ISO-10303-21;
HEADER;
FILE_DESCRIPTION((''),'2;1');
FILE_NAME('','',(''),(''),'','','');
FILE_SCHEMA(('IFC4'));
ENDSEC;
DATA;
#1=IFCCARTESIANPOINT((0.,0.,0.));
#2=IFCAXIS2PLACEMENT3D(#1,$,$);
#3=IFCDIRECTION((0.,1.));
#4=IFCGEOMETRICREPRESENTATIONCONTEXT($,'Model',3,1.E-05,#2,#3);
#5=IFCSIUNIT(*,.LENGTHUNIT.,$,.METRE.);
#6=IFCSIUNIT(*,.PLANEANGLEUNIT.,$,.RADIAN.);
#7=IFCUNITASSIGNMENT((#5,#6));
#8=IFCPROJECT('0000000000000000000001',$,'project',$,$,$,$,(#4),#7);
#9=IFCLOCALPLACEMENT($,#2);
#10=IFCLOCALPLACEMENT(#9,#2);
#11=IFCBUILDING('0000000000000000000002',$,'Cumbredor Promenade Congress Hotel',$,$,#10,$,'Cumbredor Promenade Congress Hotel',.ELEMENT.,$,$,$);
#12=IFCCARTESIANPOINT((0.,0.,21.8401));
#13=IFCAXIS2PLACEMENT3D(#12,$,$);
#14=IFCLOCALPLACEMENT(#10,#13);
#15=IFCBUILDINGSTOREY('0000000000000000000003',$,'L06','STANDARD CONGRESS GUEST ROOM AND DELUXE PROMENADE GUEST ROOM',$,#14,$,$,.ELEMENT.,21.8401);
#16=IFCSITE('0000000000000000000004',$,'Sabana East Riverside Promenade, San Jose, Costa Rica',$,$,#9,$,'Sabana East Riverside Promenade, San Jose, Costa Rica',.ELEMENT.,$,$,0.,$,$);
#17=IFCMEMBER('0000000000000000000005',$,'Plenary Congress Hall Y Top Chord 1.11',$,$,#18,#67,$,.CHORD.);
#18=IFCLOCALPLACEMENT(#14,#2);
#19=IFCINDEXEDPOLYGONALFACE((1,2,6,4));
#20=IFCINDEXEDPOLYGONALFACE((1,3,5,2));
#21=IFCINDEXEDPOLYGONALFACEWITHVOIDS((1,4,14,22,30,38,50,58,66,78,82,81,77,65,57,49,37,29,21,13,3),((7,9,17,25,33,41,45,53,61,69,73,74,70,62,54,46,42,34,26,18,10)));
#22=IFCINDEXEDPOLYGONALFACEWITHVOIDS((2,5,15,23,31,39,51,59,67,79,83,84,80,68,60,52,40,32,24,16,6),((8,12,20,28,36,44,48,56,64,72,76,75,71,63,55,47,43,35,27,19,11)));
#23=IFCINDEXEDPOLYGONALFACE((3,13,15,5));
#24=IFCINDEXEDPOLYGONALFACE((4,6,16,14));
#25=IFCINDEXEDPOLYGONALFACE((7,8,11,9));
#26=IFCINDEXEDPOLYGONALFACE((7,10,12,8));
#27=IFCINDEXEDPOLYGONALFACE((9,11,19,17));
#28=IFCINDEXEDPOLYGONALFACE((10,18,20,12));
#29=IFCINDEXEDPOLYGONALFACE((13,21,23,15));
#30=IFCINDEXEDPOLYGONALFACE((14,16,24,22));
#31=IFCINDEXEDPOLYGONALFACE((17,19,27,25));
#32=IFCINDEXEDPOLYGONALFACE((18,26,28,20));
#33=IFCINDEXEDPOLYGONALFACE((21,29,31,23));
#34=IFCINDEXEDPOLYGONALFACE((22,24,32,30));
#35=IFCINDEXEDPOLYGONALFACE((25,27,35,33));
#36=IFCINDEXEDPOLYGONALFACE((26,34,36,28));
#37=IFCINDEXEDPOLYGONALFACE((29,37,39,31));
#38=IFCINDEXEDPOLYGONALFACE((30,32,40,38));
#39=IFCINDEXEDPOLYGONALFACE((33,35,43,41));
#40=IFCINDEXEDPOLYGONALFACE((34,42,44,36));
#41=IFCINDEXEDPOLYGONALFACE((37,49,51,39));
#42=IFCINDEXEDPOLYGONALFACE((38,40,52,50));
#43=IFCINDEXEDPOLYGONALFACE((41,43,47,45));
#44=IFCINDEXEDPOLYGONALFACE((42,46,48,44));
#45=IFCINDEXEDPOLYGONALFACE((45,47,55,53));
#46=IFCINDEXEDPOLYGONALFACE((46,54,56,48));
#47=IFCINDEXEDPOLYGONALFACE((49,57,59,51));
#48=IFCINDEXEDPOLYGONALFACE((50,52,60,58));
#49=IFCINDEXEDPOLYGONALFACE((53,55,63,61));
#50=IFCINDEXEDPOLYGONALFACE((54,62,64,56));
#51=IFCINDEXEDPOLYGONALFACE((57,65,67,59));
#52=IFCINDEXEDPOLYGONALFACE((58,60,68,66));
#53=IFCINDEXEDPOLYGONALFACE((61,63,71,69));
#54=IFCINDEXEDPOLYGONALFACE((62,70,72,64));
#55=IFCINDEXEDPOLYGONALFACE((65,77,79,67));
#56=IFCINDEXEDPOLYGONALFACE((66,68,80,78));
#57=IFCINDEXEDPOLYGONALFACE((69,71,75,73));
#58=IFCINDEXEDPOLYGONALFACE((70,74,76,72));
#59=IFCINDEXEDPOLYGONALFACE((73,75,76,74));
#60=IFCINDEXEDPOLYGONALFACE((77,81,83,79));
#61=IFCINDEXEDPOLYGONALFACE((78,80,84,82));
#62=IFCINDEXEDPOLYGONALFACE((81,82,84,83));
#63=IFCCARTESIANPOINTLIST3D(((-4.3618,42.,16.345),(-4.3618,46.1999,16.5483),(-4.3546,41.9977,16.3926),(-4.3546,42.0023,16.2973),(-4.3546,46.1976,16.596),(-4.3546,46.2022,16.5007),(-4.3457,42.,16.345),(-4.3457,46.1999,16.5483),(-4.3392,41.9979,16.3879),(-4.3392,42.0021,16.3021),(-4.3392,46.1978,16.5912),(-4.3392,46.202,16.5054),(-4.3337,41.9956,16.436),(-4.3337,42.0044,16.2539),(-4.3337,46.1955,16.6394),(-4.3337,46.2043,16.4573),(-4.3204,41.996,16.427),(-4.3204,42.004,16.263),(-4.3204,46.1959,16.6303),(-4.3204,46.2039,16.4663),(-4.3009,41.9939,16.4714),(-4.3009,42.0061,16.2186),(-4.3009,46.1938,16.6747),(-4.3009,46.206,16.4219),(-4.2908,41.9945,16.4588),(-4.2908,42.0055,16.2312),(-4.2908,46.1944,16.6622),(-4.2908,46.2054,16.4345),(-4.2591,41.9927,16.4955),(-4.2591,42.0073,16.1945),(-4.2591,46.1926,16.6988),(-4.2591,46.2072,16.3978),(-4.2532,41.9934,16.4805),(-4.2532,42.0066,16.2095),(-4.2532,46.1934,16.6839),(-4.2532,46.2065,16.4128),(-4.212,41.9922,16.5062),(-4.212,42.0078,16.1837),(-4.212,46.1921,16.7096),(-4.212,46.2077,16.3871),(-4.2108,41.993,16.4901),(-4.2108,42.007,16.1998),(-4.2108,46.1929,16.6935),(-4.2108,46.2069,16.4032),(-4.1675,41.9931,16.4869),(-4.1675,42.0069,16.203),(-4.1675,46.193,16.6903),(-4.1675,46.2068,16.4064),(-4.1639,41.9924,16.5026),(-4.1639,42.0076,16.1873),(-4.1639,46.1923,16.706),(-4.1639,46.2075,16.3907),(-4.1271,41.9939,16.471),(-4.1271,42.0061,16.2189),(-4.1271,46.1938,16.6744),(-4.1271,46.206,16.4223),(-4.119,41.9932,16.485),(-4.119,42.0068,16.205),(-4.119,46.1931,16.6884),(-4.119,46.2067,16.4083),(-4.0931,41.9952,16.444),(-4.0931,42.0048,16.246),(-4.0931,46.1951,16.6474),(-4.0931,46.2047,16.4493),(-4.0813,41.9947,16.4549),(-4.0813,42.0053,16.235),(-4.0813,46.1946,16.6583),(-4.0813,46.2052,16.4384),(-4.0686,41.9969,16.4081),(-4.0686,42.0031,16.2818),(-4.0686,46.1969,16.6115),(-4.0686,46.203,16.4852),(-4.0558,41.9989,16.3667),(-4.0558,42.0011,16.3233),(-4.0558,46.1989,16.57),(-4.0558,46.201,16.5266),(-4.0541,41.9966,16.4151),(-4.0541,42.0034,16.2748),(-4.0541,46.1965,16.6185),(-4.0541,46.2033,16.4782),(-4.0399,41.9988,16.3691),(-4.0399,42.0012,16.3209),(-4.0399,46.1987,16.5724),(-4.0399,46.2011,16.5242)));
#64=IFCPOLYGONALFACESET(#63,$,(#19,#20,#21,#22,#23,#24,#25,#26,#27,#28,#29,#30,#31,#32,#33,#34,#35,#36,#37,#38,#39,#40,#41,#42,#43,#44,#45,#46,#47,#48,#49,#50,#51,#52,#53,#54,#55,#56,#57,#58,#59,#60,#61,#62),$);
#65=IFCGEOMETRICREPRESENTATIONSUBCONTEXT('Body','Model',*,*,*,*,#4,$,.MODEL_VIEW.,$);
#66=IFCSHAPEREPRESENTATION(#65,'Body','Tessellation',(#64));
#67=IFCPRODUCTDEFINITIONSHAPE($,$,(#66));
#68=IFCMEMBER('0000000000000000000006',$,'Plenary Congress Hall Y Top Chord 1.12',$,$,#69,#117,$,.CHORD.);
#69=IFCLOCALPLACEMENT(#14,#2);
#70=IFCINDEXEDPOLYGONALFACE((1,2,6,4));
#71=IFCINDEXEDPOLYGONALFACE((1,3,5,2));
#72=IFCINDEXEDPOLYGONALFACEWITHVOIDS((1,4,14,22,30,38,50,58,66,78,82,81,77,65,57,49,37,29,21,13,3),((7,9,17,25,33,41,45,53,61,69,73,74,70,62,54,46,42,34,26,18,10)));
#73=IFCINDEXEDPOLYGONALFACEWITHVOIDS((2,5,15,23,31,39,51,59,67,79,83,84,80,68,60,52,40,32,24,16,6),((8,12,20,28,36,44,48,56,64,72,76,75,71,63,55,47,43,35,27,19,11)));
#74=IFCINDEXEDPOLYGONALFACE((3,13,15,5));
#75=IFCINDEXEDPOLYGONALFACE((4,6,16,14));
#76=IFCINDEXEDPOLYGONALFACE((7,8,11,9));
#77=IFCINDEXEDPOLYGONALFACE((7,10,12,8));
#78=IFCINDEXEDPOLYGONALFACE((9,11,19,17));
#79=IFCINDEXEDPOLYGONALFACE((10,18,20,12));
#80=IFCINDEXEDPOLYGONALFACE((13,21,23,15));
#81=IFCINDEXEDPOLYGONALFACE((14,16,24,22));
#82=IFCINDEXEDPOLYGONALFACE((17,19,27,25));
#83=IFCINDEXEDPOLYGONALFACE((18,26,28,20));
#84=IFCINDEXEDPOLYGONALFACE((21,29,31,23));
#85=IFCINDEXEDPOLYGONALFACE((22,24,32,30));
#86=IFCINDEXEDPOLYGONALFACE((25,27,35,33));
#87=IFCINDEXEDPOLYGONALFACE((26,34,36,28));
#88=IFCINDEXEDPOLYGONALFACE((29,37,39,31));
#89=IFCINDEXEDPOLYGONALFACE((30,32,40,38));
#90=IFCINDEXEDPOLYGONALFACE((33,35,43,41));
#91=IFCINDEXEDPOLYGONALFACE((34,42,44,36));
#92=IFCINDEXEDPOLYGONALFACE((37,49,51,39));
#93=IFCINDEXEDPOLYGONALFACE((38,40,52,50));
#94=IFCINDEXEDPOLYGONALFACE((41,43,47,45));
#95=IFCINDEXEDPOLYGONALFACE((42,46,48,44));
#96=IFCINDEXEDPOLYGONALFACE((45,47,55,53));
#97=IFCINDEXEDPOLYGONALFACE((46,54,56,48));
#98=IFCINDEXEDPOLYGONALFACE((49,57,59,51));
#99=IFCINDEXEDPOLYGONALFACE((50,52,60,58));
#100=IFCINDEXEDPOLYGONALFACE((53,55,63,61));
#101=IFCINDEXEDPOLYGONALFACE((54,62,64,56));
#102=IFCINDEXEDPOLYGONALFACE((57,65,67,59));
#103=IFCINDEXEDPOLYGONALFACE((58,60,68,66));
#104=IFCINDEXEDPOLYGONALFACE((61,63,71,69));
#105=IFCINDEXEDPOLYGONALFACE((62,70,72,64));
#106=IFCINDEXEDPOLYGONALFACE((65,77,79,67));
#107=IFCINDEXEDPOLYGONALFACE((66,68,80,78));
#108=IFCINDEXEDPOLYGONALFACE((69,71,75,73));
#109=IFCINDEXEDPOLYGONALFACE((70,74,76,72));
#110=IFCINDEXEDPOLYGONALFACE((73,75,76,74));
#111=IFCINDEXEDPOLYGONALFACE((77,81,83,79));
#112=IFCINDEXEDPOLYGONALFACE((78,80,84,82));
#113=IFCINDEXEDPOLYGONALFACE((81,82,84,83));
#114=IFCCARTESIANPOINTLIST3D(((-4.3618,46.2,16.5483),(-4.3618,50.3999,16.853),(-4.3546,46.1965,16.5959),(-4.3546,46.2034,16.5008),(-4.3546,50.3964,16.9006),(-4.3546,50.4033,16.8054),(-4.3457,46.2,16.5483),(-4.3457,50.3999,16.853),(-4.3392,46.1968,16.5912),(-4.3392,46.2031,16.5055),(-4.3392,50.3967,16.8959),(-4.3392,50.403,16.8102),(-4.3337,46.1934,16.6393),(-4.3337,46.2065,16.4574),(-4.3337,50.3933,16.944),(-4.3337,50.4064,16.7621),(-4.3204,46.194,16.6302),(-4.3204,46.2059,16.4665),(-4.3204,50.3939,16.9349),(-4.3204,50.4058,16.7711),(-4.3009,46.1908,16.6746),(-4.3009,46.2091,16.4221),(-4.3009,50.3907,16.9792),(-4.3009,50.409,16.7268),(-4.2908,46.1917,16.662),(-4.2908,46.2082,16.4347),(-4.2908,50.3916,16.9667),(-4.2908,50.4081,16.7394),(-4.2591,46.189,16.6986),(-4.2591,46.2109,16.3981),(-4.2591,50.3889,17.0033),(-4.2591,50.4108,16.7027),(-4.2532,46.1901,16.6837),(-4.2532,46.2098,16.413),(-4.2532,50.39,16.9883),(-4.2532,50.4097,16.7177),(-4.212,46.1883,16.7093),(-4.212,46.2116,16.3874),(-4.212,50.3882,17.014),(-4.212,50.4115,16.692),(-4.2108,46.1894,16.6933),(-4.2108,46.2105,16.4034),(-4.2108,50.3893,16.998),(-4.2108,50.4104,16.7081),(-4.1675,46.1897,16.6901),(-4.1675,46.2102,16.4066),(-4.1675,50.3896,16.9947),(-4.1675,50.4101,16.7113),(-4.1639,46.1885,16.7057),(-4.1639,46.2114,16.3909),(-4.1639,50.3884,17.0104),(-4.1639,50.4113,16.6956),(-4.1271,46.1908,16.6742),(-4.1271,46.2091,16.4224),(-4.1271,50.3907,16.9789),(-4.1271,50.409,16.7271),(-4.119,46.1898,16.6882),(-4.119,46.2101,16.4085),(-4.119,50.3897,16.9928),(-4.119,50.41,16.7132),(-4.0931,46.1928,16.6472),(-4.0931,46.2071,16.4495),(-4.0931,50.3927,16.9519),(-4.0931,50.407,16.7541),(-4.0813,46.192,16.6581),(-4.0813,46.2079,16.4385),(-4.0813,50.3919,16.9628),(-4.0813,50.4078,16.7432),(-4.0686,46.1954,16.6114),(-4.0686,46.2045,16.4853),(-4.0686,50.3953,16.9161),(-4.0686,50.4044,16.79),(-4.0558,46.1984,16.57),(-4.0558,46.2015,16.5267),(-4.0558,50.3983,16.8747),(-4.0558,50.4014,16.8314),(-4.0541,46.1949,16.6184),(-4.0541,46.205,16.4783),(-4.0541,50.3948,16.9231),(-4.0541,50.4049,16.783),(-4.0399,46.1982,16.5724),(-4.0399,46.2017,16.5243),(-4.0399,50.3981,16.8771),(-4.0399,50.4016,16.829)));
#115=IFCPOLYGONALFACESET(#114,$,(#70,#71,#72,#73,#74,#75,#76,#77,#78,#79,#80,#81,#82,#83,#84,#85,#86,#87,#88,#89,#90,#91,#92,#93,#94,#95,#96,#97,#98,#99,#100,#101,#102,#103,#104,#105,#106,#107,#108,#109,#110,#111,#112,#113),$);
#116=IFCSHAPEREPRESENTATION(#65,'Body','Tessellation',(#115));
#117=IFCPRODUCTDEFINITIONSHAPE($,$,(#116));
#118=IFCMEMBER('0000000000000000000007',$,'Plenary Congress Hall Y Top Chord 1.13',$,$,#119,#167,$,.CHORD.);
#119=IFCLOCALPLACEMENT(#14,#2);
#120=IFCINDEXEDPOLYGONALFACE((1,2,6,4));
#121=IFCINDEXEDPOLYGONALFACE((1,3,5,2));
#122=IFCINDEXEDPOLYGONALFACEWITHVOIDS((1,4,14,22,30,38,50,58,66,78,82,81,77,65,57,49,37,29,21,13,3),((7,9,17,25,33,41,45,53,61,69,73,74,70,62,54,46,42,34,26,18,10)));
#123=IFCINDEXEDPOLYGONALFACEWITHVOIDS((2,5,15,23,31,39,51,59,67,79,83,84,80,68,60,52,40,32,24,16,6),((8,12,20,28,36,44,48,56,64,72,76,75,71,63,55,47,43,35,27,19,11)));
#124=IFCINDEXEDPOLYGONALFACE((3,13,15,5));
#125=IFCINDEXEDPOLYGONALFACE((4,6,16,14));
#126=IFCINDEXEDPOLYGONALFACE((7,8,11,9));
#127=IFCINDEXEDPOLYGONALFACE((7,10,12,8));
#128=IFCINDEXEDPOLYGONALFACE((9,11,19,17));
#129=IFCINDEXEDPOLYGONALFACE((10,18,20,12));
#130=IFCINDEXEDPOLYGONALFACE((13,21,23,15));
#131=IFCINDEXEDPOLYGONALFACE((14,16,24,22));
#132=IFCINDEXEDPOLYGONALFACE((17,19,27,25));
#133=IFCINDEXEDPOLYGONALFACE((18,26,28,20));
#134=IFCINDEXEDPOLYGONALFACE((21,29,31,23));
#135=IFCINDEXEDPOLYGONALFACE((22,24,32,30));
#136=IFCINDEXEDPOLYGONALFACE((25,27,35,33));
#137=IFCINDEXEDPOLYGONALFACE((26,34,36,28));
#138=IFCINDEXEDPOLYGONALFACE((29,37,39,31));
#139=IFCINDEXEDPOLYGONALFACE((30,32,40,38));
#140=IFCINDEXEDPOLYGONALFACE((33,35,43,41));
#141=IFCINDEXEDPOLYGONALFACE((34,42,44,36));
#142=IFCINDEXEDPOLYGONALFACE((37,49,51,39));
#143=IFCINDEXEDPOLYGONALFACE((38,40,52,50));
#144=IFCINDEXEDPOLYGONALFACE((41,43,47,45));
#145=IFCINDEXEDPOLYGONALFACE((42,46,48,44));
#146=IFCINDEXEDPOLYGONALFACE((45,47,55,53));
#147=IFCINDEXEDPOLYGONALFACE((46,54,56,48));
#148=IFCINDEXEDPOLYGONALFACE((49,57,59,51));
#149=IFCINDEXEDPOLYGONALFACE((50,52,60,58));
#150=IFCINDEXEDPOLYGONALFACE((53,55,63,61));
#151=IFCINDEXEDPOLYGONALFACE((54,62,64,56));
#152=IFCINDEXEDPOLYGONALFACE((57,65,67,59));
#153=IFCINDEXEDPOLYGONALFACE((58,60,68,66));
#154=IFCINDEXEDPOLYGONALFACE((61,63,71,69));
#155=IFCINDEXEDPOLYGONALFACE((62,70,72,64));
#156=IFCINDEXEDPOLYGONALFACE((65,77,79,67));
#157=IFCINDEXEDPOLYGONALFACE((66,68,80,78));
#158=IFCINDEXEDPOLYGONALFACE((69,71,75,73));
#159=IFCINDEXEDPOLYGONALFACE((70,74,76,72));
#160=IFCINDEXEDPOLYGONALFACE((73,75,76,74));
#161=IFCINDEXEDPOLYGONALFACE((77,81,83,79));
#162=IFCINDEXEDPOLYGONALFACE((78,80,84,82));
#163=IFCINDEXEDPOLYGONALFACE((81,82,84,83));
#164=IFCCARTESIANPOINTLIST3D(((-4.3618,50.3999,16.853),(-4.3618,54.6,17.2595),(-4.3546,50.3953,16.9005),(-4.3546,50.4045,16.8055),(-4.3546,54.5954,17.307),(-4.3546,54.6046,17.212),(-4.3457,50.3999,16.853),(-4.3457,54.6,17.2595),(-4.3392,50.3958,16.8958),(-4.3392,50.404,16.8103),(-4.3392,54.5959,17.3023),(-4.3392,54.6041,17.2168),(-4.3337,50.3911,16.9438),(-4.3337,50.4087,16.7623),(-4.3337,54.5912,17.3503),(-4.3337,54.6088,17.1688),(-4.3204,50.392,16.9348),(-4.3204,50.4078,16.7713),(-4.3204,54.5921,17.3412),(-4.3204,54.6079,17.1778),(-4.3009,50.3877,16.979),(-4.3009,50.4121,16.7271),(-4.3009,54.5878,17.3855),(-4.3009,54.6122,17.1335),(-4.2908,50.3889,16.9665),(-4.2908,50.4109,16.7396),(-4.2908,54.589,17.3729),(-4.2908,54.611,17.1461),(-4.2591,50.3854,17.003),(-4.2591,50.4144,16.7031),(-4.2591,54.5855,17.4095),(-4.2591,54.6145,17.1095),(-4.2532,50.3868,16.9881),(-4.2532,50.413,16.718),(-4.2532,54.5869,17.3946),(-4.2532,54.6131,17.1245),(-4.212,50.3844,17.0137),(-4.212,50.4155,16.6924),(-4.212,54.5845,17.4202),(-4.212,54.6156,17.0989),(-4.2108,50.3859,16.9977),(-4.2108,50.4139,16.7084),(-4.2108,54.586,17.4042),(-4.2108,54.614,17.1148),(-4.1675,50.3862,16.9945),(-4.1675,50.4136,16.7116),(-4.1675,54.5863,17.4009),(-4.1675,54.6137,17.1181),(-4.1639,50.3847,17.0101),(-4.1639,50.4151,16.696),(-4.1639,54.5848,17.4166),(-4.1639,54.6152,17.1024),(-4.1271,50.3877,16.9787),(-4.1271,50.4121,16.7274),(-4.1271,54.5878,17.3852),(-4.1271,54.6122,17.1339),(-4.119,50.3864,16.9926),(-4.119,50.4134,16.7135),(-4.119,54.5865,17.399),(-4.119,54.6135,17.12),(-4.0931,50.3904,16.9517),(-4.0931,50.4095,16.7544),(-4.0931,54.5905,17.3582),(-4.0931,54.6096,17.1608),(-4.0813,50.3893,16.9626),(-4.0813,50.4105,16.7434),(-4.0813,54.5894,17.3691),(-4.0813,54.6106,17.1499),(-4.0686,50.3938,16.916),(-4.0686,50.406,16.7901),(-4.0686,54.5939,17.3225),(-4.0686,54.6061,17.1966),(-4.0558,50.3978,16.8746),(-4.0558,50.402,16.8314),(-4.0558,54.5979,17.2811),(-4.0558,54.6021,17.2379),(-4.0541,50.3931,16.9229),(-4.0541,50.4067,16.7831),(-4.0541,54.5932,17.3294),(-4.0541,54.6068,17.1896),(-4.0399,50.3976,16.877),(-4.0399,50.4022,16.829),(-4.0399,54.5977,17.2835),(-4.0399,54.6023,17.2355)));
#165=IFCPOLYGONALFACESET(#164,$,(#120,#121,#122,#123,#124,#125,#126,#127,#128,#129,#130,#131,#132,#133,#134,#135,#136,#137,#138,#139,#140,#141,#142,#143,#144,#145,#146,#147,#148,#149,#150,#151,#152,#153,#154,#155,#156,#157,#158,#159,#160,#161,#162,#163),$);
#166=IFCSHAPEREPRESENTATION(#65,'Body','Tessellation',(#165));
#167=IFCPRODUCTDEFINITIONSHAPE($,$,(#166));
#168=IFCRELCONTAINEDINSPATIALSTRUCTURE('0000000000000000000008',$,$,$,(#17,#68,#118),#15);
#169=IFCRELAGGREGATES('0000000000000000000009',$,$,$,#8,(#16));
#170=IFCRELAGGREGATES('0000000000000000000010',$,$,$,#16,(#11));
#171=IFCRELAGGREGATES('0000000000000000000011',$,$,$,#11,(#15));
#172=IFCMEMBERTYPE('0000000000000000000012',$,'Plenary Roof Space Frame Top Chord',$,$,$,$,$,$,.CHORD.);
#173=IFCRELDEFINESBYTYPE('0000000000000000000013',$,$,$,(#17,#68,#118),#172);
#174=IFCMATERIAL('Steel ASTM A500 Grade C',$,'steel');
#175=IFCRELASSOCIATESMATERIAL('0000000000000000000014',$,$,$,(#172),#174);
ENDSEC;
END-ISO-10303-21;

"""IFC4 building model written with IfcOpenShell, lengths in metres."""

from ifc_helpers import new_model, si_unit, direction, frame, origin, origin_2d, place, context, subcontext, project, spatial, hollow_circle, extrude, material, material_profile, profile_set, type_object, element, save


model = new_model("IFC4")

# Units and contexts
model_context = context("Model", 3, precision=1e-05, world=origin(), true_north=direction((0.0, 1.0)))
body_context = subcontext(model_context, "Body", "Model", "MODEL_VIEW")
ifc_project = project(units=[si_unit("LENGTHUNIT", "METRE"), si_unit("PLANEANGLEUNIT", "RADIAN")], contexts=[model_context])

# Site, building, storey
site_placement = place(None, origin())
site = spatial("IfcSite", under=ifc_project, at=site_placement, Name="Sabana East Riverside Promenade, San Jose, Costa Rica", LongName="Sabana East Riverside Promenade, San Jose, Costa Rica", CompositionType="ELEMENT", RefElevation=0.0)
building_placement = place(site_placement, origin())
building = spatial("IfcBuilding", under=site, at=building_placement, Name="Cumbredor Promenade Congress Hotel", LongName="Cumbredor Promenade Congress Hotel", CompositionType="ELEMENT")
storey_placement = place(building_placement, frame((0.0, 0.0, 21.8401)))
storey = spatial("IfcBuildingStorey", under=building, at=storey_placement, Name="L06", Description="STANDARD CONGRESS GUEST ROOM AND DELUXE PROMENADE GUEST ROOM", CompositionType="ELEMENT", Elevation=21.8401)

# Members
ifc_material_1 = material(Name="Steel ASTM A500 Grade C", Category="steel")
ifc_material_profile_1 = material_profile(ifc_material_1, hollow_circle(Radius=0.1619, WallThickness=0.0161, at=origin_2d()), Name="CHS 323.9x16")
ifc_profile_set_1 = profile_set([ifc_material_profile_1], Name="Steel ASTM A500 Grade C")
member_type_1 = type_object("IfcMemberType", Name="Plenary Roof Space Frame Top Chord", PredefinedType="CHORD", material=ifc_profile_set_1)
member_1_placement = place(storey_placement, frame((-4.2, 42.0, 16.345), z_axis=(0.0, 0.99883, 0.048365), x_axis=(-1.0, 0.0, 0.0)))
element("IfcMember", 1, at=member_1_placement, inside=storey, type_object=member_type_1, Name="Plenary Congress Hall Y Top Chord 1.11", PredefinedType="CHORD", context=body_context, shape_type="SweptSolid", body=[
    extrude(hollow_circle(Radius=0.1619, WallThickness=0.0161, at=origin_2d()), origin(), (0.0, 0.0, 1.0), 4.2048),
])
member_2_placement = place(storey_placement, frame((-4.2, 46.2, 16.5483), z_axis=(0.0, 0.997379, 0.072355), x_axis=(-1.0, 0.0, 0.0)))
element("IfcMember", 2, at=member_2_placement, inside=storey, type_object=member_type_1, Name="Plenary Congress Hall Y Top Chord 1.12", PredefinedType="CHORD", context=body_context, shape_type="SweptSolid", body=[
    extrude(hollow_circle(Radius=0.1619, WallThickness=0.0161, at=origin_2d()), origin(), (0.0, 0.0, 1.0), 4.2109),
])
member_3_placement = place(storey_placement, frame((-4.2, 50.3999, 16.853), z_axis=(0.0, 0.995349, 0.09633), x_axis=(-1.0, 0.0, 0.0)))
element("IfcMember", 3, at=member_3_placement, inside=storey, type_object=member_type_1, Name="Plenary Congress Hall Y Top Chord 1.13", PredefinedType="CHORD", context=body_context, shape_type="SweptSolid", body=[
    extrude(hollow_circle(Radius=0.1619, WallThickness=0.0161, at=origin_2d()), origin(), (0.0, 0.0, 1.0), 4.2197),
])

save(model, "model.ifc")
